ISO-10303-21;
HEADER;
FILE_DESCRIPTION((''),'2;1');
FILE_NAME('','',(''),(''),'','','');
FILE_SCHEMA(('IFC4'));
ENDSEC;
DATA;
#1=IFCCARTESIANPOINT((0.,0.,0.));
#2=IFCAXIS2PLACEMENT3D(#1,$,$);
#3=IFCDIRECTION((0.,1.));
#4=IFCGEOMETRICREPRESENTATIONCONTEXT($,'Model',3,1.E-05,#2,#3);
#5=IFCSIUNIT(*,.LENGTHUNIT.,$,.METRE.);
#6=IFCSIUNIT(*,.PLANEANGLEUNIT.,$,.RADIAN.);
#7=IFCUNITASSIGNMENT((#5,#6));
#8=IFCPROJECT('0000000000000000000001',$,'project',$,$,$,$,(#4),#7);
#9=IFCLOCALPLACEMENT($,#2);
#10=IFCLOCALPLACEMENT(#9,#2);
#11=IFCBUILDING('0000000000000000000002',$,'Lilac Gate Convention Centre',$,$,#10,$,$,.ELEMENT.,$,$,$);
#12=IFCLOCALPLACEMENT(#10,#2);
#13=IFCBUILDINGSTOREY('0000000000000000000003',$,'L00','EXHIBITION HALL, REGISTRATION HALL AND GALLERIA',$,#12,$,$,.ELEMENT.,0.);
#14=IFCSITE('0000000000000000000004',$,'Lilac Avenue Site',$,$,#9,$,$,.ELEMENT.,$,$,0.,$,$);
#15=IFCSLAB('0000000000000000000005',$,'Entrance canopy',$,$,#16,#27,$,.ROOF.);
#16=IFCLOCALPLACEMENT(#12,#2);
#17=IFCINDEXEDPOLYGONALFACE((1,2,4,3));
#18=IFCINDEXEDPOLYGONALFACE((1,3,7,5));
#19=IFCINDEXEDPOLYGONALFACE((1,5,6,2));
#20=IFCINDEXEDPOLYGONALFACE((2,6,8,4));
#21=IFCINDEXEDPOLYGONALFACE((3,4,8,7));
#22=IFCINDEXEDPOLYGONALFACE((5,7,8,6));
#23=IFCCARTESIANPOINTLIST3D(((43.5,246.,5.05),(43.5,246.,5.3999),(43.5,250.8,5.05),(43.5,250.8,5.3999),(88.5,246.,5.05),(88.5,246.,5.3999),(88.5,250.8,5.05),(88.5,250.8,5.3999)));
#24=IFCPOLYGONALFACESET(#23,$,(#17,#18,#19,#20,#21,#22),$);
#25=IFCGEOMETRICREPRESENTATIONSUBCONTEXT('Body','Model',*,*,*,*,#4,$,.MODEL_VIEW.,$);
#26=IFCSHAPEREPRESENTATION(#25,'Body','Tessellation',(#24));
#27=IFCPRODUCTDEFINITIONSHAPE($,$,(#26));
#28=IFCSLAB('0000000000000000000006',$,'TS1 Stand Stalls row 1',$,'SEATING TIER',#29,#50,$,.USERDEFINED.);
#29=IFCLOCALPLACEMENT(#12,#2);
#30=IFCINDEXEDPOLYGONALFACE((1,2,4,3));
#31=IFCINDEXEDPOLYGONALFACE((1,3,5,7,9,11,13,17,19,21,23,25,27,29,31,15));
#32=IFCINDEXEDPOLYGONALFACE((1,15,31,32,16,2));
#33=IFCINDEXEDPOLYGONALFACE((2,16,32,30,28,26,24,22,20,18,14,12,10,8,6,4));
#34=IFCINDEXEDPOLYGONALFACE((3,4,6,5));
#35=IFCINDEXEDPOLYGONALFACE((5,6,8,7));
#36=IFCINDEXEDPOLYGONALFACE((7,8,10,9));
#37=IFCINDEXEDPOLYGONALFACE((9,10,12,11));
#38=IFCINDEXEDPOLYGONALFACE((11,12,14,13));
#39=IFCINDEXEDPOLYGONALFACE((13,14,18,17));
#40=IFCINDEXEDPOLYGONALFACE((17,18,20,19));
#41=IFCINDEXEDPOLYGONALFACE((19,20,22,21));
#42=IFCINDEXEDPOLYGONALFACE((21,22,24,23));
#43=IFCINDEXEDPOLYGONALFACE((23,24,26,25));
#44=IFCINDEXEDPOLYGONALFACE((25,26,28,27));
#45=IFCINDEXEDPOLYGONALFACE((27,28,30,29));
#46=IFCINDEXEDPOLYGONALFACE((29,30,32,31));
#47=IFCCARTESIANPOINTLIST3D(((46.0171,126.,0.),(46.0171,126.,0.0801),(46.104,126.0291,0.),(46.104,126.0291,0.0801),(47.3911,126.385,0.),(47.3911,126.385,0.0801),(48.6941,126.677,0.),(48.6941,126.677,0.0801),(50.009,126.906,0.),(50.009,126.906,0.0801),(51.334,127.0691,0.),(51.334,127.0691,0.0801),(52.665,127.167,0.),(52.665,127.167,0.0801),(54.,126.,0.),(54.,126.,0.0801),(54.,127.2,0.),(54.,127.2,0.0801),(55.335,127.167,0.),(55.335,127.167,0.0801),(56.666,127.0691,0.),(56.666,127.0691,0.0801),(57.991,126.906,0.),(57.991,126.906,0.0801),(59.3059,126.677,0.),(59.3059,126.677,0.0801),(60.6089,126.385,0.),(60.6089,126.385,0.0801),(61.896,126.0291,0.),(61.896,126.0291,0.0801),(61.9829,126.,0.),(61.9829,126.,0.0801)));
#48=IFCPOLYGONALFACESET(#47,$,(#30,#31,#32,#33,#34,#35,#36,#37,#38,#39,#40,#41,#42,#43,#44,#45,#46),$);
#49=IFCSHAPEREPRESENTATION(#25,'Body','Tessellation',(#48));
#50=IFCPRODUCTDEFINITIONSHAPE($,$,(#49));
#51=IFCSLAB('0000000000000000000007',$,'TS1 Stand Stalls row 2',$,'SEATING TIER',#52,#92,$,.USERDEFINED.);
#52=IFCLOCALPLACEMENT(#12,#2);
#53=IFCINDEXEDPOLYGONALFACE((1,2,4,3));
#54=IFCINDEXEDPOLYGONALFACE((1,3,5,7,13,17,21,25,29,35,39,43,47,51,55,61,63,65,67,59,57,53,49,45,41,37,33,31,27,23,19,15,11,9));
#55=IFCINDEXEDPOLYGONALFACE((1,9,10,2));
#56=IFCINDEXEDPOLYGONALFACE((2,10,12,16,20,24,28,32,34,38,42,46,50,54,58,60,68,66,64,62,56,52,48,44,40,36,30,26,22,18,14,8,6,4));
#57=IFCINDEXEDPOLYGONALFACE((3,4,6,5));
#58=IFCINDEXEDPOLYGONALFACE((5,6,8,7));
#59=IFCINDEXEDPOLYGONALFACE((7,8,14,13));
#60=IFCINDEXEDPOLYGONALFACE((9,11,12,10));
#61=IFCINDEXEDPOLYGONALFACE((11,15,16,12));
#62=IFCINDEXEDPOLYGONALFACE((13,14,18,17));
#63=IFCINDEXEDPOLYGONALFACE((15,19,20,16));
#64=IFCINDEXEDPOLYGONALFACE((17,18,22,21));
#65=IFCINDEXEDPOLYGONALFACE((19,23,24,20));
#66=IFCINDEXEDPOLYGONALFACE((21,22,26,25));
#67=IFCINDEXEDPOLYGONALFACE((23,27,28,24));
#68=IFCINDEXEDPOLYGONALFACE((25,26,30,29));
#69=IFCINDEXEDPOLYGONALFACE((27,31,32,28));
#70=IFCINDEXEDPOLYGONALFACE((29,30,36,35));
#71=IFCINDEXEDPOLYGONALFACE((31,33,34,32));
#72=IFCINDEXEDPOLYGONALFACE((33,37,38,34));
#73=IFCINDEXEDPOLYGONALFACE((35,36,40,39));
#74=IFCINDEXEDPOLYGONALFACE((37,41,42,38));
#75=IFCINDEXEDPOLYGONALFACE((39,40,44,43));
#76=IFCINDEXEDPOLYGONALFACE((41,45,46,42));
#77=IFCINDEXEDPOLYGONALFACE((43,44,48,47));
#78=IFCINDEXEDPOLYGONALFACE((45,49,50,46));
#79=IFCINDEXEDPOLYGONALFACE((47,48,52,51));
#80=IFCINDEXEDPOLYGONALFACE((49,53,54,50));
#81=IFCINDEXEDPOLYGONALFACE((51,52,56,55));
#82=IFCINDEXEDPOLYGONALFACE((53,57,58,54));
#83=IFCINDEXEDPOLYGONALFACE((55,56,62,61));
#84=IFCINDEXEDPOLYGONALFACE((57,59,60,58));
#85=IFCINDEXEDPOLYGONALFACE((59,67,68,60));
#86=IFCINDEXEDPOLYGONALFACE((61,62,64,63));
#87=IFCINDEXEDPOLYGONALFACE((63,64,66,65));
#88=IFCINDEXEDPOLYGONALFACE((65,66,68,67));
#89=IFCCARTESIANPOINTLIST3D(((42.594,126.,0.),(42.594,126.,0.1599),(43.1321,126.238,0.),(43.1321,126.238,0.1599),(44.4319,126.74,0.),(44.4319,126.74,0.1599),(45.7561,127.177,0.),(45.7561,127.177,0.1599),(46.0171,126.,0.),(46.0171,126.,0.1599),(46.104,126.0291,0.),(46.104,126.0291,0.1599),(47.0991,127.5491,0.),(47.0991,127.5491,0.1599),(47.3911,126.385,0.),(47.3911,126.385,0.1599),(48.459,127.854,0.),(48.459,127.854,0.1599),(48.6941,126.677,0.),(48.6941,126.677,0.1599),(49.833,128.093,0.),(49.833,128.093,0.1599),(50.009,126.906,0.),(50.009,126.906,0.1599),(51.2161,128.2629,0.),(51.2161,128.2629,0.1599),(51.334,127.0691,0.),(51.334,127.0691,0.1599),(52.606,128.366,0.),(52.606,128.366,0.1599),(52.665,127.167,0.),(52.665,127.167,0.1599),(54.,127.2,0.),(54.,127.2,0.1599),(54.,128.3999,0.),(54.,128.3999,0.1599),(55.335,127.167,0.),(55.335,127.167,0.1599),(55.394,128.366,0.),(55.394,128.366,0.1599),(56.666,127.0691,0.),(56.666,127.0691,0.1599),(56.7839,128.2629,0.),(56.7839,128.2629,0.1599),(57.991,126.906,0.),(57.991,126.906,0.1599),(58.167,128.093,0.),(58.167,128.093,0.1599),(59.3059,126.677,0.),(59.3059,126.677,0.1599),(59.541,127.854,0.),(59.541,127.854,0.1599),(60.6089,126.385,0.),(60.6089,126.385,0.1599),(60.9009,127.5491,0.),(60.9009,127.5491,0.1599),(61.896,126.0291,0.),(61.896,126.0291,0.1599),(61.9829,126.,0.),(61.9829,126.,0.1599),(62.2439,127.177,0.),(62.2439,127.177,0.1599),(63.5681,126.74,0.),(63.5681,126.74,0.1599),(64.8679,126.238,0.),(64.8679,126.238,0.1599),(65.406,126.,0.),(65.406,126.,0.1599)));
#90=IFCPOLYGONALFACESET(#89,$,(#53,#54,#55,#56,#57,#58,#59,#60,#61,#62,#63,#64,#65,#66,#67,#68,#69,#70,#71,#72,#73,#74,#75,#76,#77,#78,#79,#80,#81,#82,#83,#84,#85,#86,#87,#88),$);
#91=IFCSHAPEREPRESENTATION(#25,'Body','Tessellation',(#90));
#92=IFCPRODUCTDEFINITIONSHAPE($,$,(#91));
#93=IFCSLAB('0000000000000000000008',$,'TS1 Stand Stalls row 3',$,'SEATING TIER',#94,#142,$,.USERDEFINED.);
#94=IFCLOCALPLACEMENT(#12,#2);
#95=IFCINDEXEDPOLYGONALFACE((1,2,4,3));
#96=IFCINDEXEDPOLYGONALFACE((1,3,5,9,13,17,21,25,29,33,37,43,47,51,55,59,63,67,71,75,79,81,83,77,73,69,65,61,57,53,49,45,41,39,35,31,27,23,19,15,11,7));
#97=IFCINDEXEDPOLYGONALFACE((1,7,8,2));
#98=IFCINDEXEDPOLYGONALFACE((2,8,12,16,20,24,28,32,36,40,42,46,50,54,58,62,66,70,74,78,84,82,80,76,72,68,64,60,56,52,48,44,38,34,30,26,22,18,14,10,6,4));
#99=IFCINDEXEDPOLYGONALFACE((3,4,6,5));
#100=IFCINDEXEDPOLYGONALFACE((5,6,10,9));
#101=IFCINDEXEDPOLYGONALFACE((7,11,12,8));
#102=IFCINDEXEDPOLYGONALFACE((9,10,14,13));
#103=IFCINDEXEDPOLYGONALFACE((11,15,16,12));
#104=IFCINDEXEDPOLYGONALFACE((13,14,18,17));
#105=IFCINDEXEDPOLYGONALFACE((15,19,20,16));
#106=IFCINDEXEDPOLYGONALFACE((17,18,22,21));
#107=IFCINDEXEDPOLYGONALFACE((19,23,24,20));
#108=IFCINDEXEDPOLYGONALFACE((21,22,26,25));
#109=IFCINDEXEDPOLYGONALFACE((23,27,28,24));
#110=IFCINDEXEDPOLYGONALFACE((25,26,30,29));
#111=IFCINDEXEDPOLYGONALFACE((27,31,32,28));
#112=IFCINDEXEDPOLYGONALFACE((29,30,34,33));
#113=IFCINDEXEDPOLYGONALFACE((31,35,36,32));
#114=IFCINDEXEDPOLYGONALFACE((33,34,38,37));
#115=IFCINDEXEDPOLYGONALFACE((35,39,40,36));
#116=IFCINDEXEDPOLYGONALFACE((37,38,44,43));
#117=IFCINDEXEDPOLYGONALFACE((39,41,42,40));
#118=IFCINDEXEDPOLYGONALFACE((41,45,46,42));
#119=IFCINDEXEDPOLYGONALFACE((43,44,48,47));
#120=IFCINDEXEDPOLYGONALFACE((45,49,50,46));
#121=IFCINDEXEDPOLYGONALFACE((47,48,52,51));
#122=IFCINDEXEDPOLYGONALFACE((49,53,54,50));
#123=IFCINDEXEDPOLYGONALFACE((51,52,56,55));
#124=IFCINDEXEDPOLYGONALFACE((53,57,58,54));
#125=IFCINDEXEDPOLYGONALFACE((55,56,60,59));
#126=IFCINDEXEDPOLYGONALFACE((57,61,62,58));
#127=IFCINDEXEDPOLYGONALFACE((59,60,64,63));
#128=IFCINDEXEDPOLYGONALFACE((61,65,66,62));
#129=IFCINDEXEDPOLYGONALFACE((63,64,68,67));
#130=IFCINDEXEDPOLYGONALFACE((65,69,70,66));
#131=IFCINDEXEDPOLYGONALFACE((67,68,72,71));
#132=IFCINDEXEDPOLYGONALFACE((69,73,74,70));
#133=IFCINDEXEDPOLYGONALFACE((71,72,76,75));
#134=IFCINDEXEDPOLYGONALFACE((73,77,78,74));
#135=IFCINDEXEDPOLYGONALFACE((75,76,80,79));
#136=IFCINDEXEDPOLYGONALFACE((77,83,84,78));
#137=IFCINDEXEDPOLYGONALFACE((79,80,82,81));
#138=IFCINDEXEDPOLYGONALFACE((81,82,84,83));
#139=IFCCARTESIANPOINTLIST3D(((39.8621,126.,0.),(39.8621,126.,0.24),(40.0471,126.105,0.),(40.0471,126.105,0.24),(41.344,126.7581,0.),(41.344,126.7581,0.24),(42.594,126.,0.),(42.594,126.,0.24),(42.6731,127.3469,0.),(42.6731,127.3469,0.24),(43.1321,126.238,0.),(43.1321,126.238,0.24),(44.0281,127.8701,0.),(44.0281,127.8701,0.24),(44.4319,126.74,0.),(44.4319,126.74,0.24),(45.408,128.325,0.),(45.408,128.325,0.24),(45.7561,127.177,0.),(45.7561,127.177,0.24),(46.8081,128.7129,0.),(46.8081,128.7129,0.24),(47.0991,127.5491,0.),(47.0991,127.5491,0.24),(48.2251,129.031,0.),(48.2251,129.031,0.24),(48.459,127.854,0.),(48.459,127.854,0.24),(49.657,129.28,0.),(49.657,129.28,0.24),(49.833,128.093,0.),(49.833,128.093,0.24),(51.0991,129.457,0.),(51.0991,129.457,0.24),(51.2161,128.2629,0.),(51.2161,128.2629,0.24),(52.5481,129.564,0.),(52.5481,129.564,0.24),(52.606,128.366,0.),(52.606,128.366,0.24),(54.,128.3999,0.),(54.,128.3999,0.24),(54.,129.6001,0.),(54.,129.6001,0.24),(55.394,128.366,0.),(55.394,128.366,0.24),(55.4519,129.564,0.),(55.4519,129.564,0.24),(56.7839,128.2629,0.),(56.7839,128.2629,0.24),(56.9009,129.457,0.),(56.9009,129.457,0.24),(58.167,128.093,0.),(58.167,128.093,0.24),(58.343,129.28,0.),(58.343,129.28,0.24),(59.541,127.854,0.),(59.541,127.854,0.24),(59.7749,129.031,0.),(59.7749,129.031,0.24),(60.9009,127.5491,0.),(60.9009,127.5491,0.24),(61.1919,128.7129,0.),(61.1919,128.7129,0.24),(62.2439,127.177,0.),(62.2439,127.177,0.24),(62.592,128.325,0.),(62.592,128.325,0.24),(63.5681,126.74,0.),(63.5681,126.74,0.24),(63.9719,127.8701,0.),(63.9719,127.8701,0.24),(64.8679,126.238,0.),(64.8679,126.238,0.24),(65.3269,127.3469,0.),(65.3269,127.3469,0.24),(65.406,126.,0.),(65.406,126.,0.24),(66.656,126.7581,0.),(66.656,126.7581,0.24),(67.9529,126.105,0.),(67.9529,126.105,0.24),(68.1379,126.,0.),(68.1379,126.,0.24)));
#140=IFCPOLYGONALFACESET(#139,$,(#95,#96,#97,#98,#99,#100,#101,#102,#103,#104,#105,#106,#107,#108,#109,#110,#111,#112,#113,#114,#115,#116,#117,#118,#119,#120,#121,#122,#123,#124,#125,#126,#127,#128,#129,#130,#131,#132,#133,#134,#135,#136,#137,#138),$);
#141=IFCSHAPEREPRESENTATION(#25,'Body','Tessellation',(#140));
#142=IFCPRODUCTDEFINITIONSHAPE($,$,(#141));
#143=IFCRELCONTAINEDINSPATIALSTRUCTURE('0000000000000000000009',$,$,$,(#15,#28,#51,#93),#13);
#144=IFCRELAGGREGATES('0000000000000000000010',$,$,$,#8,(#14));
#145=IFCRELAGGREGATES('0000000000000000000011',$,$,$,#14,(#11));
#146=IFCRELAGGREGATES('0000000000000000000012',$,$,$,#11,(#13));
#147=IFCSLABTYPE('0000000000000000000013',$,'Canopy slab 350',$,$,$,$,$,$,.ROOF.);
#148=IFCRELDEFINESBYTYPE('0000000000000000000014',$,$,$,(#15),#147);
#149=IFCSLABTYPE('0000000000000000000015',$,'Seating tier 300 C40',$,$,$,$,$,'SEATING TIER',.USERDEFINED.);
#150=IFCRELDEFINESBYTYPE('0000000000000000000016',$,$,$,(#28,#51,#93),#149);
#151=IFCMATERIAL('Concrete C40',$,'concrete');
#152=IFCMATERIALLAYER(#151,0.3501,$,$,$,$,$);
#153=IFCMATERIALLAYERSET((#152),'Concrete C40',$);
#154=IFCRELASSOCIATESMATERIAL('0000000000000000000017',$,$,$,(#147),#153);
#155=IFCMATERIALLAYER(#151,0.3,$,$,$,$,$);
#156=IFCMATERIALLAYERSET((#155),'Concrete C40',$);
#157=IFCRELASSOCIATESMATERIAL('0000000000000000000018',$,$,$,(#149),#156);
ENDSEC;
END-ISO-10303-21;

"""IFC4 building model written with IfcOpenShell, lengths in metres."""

from ifc_helpers import new_model, si_unit, direction, frame, origin, place, context, subcontext, project, spatial, polyline, outline, extrude, material, layer, layer_set, type_object, element, save


model = new_model("IFC4")

# Units and contexts
model_context = context("Model", 3, precision=1e-05, world=origin(), true_north=direction((0.0, 1.0)))
body_context = subcontext(model_context, "Body", "Model", "MODEL_VIEW")
ifc_project = project(units=[si_unit("LENGTHUNIT", "METRE"), si_unit("PLANEANGLEUNIT", "RADIAN")], contexts=[model_context])

# Site, building, storey
site_placement = place(None, origin())
site = spatial("IfcSite", under=ifc_project, at=site_placement, Name="Lilac Avenue Site", CompositionType="ELEMENT", RefElevation=0.0)
building_placement = place(site_placement, origin())
building = spatial("IfcBuilding", under=site, at=building_placement, Name="Lilac Gate Convention Centre", CompositionType="ELEMENT")
storey_placement = place(building_placement, origin())
storey = spatial("IfcBuildingStorey", under=building, at=storey_placement, Name="L00", Description="EXHIBITION HALL, REGISTRATION HALL AND GALLERIA", CompositionType="ELEMENT", Elevation=0.0)

# Slabs
ifc_material_1 = material(Name="Concrete C40", Category="concrete")
ifc_layer_1 = layer(ifc_material_1, 0.3501)
ifc_layer_set_1 = layer_set([ifc_layer_1], Name="Concrete C40")
slab_type_1 = type_object("IfcSlabType", Name="Canopy slab 350", PredefinedType="ROOF", material=ifc_layer_set_1)
slab_1_placement = place(storey_placement, frame((0.0, 0.0, 5.05)))
element("IfcSlab", 1, at=slab_1_placement, inside=storey, type_object=slab_type_1, Name="Entrance canopy", PredefinedType="ROOF", context=body_context, shape_type="SweptSolid", body=[
    extrude(outline(polyline([(43.5, 246.0), (88.5, 246.0), (88.5, 250.8), (43.5, 250.8), (43.5, 246.0)])), origin(), (0.0, 0.0, 1.0), 0.3499),
])
ifc_layer_2 = layer(ifc_material_1, 0.3)
ifc_layer_set_2 = layer_set([ifc_layer_2], Name="Concrete C40")
slab_type_2 = type_object("IfcSlabType", Name="Seating tier 300 C40", ElementType="SEATING TIER", PredefinedType="USERDEFINED", material=ifc_layer_set_2)
slab_2_placement = place(storey_placement, origin())
element("IfcSlab", 2, at=slab_2_placement, inside=storey, type_object=slab_type_2, Name="TS1 Stand Stalls row 1", ObjectType="SEATING TIER", PredefinedType="USERDEFINED", context=body_context, shape_type="SweptSolid", body=[
    extrude(outline(polyline([(46.104, 126.0291), (47.3911, 126.385), (48.6941, 126.677), (50.009, 126.906), (51.334, 127.0691), (52.665, 127.167), (54.0, 127.2), (55.335, 127.167), (56.666, 127.0691), (57.991, 126.906), (59.3059, 126.677), (60.6089, 126.385), (61.896, 126.0291), (61.9829, 126.0), (54.0, 126.0), (46.0171, 126.0), (46.104, 126.0291)])), origin(), (0.0, 0.0, 1.0), 0.0801),
])
slab_3_placement = place(storey_placement, origin())
element("IfcSlab", 3, at=slab_3_placement, inside=storey, type_object=slab_type_2, Name="TS1 Stand Stalls row 2", ObjectType="SEATING TIER", PredefinedType="USERDEFINED", context=body_context, shape_type="SweptSolid", body=[
    extrude(outline(polyline([(43.1321, 126.238), (44.4319, 126.74), (45.7561, 127.177), (47.0991, 127.5491), (48.459, 127.854), (49.833, 128.093), (51.2161, 128.2629), (52.606, 128.366), (54.0, 128.3999), (55.394, 128.366), (56.7839, 128.2629), (58.167, 128.093), (59.541, 127.854), (60.9009, 127.5491), (62.2439, 127.177), (63.5681, 126.74), (64.8679, 126.238), (65.406, 126.0), (61.9829, 126.0), (61.896, 126.0291), (60.6089, 126.385), (59.3059, 126.677), (57.991, 126.906), (56.666, 127.0691), (55.335, 127.167), (54.0, 127.2), (52.665, 127.167), (51.334, 127.0691), (50.009, 126.906), (48.6941, 126.677), (47.3911, 126.385), (46.104, 126.0291), (46.0171, 126.0), (42.594, 126.0), (43.1321, 126.238)])), origin(), (0.0, 0.0, 1.0), 0.1599),
])
slab_4_placement = place(storey_placement, origin())
element("IfcSlab", 4, at=slab_4_placement, inside=storey, type_object=slab_type_2, Name="TS1 Stand Stalls row 3", ObjectType="SEATING TIER", PredefinedType="USERDEFINED", context=body_context, shape_type="SweptSolid", body=[
    extrude(outline(polyline([(40.0471, 126.105), (41.344, 126.7581), (42.6731, 127.3469), (44.0281, 127.8701), (45.408, 128.325), (46.8081, 128.7129), (48.2251, 129.031), (49.657, 129.28), (51.0991, 129.457), (52.5481, 129.564), (54.0, 129.6001), (55.4519, 129.564), (56.9009, 129.457), (58.343, 129.28), (59.7749, 129.031), (61.1919, 128.7129), (62.592, 128.325), (63.9719, 127.8701), (65.3269, 127.3469), (66.656, 126.7581), (67.9529, 126.105), (68.1379, 126.0), (65.406, 126.0), (64.8679, 126.238), (63.5681, 126.74), (62.2439, 127.177), (60.9009, 127.5491), (59.541, 127.854), (58.167, 128.093), (56.7839, 128.2629), (55.394, 128.366), (54.0, 128.3999), (52.606, 128.366), (51.2161, 128.2629), (49.833, 128.093), (48.459, 127.854), (47.0991, 127.5491), (45.7561, 127.177), (44.4319, 126.74), (43.1321, 126.238), (42.594, 126.0), (39.8621, 126.0), (40.0471, 126.105)])), origin(), (0.0, 0.0, 1.0), 0.24),
])

save(model, "model.ifc")
